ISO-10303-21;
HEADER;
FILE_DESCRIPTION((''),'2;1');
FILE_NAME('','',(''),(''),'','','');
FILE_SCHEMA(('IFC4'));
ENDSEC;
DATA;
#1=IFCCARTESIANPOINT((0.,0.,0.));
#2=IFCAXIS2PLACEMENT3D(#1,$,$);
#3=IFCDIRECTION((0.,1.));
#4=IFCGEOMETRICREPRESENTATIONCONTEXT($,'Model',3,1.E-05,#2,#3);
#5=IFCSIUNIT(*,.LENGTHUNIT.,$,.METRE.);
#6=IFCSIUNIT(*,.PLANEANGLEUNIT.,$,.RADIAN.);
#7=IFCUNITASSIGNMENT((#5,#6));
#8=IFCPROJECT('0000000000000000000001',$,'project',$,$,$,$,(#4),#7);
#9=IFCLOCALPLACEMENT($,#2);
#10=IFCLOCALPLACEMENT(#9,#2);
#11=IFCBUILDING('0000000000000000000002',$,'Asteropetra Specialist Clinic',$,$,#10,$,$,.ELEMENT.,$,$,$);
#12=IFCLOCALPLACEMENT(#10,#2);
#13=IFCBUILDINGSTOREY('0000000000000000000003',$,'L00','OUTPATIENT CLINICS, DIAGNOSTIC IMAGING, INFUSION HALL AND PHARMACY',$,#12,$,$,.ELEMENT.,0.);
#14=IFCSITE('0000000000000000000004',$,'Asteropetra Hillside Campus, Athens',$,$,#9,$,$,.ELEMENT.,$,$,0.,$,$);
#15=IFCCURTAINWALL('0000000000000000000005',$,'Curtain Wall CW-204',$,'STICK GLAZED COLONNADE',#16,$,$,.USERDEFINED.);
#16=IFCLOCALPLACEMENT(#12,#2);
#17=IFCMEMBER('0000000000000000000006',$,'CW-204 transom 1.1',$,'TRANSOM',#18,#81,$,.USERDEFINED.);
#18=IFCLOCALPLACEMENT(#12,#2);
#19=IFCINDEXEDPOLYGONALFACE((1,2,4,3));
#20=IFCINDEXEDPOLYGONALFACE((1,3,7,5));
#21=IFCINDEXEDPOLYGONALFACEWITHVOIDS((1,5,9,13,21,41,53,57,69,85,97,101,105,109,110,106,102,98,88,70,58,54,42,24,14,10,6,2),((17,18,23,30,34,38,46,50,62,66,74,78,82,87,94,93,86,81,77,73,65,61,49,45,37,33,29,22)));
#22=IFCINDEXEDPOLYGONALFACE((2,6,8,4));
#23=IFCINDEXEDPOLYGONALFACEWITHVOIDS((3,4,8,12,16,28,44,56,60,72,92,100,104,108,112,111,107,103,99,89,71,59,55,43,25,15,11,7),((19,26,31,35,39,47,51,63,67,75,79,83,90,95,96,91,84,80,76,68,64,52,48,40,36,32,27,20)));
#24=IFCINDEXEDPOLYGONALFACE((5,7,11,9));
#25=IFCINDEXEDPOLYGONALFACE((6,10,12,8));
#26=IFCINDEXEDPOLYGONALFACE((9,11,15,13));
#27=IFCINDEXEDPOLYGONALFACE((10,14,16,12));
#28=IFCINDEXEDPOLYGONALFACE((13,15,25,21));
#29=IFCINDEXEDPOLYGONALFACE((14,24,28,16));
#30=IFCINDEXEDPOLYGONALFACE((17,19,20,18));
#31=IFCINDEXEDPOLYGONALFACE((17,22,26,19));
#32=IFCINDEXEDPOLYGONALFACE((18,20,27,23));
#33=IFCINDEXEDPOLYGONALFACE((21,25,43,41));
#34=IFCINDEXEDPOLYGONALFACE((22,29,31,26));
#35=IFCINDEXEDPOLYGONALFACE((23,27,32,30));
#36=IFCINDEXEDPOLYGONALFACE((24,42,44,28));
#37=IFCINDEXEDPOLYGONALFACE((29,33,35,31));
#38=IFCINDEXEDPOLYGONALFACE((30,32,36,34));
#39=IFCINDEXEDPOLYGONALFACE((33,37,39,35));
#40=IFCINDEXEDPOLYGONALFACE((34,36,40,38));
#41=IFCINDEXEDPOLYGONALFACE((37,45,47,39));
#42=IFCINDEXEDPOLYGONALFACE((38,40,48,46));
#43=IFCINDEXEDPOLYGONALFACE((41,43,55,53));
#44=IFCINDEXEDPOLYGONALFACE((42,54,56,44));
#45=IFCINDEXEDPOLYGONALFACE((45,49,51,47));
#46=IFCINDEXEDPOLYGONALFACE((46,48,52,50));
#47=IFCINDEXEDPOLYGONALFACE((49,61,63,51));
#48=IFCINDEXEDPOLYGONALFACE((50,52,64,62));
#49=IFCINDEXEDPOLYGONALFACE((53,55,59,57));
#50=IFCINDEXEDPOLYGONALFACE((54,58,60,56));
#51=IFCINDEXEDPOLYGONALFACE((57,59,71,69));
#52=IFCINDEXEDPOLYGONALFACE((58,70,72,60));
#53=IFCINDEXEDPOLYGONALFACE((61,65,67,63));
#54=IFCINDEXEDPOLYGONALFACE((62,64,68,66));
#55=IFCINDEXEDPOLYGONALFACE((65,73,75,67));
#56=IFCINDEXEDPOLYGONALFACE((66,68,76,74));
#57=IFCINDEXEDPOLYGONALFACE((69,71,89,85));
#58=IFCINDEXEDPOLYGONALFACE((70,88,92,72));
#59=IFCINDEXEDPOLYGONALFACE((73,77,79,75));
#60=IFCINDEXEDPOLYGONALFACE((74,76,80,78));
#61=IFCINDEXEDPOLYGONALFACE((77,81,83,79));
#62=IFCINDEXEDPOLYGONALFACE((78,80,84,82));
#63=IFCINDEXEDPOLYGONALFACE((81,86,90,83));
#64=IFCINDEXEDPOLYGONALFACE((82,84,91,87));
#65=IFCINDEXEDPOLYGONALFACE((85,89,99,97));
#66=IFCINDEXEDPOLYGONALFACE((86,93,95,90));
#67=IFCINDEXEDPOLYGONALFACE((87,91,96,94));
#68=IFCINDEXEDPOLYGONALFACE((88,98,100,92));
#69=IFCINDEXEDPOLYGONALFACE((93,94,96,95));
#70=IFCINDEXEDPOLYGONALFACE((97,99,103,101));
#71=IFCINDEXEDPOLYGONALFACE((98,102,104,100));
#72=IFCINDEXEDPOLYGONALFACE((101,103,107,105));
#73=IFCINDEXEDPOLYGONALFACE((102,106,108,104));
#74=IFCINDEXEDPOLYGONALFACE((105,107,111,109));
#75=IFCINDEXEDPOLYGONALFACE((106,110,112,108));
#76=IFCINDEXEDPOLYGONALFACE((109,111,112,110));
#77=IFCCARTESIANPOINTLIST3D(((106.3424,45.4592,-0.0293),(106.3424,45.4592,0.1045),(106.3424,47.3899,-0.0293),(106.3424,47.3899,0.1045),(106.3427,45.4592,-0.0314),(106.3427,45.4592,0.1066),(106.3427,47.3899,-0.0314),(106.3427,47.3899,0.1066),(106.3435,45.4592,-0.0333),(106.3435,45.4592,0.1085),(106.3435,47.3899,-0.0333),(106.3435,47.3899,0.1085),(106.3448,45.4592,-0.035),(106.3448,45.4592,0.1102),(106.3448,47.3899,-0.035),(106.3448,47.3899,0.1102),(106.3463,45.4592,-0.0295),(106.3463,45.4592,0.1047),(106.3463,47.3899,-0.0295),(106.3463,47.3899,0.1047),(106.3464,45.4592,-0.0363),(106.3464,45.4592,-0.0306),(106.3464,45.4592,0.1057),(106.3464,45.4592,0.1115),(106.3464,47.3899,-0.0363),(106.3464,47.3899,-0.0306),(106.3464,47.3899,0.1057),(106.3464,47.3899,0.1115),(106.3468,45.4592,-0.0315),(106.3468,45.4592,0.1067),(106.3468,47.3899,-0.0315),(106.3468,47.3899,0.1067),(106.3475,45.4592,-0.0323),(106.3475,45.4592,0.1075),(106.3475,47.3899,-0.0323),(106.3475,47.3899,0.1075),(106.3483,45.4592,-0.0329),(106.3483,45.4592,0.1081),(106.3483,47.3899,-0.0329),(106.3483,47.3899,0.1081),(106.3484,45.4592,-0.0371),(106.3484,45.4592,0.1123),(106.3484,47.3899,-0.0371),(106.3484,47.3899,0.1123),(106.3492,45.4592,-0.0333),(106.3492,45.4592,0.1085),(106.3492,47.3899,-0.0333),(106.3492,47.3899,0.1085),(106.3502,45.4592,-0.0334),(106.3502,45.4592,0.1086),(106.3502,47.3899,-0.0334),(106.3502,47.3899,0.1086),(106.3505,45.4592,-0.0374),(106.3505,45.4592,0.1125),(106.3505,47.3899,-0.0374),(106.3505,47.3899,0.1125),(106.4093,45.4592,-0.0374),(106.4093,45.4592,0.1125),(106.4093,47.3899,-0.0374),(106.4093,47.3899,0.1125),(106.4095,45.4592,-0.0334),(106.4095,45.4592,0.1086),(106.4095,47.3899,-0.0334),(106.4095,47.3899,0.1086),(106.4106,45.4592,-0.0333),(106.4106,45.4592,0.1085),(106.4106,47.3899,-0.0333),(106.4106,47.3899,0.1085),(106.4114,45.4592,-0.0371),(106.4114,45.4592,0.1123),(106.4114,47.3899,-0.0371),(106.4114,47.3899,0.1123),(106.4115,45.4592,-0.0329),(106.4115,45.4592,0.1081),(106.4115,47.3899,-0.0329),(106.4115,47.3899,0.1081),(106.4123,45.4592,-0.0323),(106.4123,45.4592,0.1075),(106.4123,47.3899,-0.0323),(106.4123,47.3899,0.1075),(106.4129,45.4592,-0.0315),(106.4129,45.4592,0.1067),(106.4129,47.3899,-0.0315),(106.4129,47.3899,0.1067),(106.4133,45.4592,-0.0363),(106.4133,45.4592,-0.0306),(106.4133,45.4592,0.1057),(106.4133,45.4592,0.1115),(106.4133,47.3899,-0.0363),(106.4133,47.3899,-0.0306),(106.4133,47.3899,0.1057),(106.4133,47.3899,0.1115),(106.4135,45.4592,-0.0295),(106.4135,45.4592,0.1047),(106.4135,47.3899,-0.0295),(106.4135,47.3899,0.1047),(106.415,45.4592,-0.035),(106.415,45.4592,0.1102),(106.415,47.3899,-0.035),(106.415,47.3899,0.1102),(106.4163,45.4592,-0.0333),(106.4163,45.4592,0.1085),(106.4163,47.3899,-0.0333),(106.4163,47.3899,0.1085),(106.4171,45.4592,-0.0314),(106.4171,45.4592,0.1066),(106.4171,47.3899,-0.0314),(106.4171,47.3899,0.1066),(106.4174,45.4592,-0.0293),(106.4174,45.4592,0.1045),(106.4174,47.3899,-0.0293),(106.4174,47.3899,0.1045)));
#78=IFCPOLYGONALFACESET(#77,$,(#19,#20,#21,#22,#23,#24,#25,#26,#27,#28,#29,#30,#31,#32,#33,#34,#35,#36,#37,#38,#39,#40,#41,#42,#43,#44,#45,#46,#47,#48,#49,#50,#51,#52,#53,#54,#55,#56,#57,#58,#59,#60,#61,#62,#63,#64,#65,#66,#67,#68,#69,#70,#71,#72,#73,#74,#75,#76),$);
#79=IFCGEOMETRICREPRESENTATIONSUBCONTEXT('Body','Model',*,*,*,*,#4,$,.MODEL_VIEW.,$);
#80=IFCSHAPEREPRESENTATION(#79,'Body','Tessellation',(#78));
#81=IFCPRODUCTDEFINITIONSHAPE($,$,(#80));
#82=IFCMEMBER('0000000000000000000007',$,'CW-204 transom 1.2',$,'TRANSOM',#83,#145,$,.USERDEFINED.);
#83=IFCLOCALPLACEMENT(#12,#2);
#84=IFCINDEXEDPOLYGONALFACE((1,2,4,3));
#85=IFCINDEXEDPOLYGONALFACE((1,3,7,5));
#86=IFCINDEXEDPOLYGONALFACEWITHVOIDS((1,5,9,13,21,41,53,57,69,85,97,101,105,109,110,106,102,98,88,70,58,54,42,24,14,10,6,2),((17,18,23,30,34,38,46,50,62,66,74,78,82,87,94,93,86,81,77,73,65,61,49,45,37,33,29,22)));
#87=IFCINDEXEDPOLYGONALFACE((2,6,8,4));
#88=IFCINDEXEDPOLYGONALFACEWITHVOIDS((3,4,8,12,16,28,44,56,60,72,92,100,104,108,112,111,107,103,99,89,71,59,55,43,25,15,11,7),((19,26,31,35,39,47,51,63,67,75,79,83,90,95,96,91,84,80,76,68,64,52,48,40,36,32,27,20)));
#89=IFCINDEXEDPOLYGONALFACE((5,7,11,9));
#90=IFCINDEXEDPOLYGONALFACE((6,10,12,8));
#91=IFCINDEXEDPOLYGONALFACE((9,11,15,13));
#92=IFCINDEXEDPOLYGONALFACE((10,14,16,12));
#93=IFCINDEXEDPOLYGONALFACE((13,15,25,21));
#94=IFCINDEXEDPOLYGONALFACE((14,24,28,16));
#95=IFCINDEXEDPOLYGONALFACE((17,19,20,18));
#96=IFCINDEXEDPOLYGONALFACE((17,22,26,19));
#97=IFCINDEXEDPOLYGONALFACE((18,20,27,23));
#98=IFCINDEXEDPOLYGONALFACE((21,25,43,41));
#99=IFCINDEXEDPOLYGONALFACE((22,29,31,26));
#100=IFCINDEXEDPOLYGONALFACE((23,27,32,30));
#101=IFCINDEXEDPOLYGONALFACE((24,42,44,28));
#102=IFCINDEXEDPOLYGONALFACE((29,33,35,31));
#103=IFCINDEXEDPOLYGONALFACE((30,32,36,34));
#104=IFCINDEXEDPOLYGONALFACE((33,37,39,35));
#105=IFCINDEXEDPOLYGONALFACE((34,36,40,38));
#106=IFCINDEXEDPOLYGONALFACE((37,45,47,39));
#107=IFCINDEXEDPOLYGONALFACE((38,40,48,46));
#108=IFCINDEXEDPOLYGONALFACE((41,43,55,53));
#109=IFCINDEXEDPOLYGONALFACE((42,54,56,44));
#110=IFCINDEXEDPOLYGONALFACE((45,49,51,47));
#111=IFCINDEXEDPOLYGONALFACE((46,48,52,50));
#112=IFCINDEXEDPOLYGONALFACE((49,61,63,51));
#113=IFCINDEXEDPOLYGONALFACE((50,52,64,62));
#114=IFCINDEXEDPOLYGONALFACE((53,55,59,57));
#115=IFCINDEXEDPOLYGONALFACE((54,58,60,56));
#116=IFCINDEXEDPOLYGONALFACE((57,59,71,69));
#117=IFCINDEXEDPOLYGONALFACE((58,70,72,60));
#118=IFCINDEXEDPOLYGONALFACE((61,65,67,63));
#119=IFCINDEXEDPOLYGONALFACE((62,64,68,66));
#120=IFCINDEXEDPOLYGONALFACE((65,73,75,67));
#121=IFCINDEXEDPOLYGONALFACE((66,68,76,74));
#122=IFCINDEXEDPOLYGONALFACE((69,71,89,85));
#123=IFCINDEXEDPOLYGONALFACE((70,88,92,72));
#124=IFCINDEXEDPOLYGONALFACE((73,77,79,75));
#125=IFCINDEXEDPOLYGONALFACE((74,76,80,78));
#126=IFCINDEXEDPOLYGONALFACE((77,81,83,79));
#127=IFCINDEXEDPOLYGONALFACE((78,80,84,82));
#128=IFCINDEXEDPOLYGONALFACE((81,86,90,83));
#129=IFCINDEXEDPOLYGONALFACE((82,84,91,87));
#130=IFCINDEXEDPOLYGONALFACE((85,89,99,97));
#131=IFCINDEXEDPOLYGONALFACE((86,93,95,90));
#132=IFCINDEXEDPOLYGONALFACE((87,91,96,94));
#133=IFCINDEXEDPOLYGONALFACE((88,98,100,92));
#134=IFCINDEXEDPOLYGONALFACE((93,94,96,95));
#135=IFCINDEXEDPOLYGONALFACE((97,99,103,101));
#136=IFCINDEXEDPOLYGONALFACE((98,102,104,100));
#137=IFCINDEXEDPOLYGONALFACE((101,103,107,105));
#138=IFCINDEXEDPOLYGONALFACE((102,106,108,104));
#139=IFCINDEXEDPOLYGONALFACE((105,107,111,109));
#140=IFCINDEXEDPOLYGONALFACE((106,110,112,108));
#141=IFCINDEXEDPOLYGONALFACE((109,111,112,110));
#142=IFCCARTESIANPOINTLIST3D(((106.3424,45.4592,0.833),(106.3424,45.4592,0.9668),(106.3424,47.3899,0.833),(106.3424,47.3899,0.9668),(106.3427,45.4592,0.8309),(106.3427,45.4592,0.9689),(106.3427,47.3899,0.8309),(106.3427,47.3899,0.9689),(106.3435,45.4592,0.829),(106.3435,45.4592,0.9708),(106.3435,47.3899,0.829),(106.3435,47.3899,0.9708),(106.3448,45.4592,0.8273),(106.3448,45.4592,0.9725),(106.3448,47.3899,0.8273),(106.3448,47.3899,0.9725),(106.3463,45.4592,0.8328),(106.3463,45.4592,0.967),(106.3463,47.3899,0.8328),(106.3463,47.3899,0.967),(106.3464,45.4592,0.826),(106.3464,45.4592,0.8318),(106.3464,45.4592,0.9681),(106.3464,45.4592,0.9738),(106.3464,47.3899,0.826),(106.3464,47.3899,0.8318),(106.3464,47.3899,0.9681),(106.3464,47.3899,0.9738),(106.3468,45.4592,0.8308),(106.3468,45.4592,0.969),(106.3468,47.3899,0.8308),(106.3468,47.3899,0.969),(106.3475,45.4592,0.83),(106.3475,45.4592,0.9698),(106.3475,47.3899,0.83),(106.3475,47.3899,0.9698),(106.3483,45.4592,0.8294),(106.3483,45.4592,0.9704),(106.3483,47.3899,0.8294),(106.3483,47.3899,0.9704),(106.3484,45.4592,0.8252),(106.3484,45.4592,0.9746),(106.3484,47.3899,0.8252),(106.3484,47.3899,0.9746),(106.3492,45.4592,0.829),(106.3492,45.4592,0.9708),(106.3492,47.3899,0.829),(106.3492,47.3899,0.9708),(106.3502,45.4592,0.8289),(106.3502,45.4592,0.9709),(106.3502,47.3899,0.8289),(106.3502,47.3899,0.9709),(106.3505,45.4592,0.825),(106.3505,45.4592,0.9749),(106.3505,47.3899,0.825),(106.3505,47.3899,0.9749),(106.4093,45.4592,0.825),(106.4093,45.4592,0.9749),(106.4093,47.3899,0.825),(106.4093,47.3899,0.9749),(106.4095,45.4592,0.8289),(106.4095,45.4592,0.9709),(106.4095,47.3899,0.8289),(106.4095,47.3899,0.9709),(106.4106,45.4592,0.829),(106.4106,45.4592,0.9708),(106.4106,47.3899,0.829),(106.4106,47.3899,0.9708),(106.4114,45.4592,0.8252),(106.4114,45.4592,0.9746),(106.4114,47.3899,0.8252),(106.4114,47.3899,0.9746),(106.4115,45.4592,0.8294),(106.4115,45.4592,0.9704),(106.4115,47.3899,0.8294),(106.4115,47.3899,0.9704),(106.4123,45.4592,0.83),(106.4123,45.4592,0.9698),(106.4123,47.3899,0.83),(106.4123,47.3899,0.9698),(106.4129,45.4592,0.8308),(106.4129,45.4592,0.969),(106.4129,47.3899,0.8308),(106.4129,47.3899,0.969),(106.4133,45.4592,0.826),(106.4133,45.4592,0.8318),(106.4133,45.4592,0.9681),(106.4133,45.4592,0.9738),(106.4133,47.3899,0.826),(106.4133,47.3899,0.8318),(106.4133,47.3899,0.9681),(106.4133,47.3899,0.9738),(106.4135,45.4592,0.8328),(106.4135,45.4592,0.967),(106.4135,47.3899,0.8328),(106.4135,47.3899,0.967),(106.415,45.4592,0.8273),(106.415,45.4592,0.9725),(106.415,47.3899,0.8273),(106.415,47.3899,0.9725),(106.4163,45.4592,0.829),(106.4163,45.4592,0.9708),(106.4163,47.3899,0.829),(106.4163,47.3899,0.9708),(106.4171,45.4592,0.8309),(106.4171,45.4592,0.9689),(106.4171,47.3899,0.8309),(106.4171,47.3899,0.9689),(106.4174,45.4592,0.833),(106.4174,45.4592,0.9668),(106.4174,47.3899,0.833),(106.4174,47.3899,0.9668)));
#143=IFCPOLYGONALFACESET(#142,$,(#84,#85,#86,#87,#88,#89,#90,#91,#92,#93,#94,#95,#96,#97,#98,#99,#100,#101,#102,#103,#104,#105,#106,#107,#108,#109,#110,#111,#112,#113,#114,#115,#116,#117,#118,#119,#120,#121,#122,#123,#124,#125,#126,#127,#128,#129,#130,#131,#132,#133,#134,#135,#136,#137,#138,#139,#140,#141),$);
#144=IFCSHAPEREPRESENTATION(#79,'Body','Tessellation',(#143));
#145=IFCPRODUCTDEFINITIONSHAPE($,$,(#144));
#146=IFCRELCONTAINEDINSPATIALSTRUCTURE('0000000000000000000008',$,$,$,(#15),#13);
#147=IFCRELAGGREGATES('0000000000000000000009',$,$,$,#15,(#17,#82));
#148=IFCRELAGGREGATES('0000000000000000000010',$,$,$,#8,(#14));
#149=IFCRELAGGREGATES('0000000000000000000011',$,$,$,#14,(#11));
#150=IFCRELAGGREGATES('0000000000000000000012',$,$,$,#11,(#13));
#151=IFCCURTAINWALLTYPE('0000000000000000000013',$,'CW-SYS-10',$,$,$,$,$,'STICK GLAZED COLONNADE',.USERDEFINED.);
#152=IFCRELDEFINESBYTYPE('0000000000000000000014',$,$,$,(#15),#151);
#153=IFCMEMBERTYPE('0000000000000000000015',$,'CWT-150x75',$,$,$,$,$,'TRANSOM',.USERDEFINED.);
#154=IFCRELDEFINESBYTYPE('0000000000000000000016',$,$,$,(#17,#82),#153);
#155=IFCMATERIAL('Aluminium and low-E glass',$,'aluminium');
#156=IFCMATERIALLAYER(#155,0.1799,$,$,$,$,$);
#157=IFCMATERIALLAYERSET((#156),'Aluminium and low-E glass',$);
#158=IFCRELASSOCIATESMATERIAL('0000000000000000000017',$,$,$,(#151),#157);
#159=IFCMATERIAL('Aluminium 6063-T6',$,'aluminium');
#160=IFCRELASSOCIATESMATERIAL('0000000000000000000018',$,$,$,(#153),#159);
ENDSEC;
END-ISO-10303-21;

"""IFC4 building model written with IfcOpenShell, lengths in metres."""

from ifc_helpers import new_model, si_unit, direction, frame, origin, origin_2d, place, context, subcontext, project, spatial, hollow_rectangle, extrude, material, layer, layer_set, material_profile, profile_set, type_object, element, aggregate, save


model = new_model("IFC4")

# Units and contexts
model_context = context("Model", 3, precision=1e-05, world=origin(), true_north=direction((0.0, 1.0)))
body_context = subcontext(model_context, "Body", "Model", "MODEL_VIEW")
ifc_project = project(units=[si_unit("LENGTHUNIT", "METRE"), si_unit("PLANEANGLEUNIT", "RADIAN")], contexts=[model_context])

# Site, building, storey
site_placement = place(None, origin())
site = spatial("IfcSite", under=ifc_project, at=site_placement, Name="Asteropetra Hillside Campus, Athens", CompositionType="ELEMENT", RefElevation=0.0)
building_placement = place(site_placement, origin())
building = spatial("IfcBuilding", under=site, at=building_placement, Name="Asteropetra Specialist Clinic", CompositionType="ELEMENT")
storey_placement = place(building_placement, origin())
storey = spatial("IfcBuildingStorey", under=building, at=storey_placement, Name="L00", Description="OUTPATIENT CLINICS, DIAGNOSTIC IMAGING, INFUSION HALL AND PHARMACY", CompositionType="ELEMENT", Elevation=0.0)

# Curtain wall, members
ifc_material_1 = material(Name="Aluminium and low-E glass", Category="aluminium")
ifc_layer_1 = layer(ifc_material_1, 0.1799)
ifc_layer_set_1 = layer_set([ifc_layer_1], Name="Aluminium and low-E glass")
curtain_wall_type = type_object("IfcCurtainWallType", Name="CW-SYS-10", ElementType="STICK GLAZED COLONNADE", PredefinedType="USERDEFINED", material=ifc_layer_set_1)
curtain_wall_placement = place(storey_placement, origin())
curtain_wall = element("IfcCurtainWall", 1, at=curtain_wall_placement, inside=storey, type_object=curtain_wall_type, Name="Curtain Wall CW-204", ObjectType="STICK GLAZED COLONNADE", PredefinedType="USERDEFINED")
ifc_material_2 = material(Name="Aluminium 6063-T6", Category="aluminium")
ifc_material_profile_1 = material_profile(ifc_material_2, hollow_rectangle(XDim=0.075, YDim=0.1499, WallThickness=0.0039, InnerFilletRadius=0.0039, OuterFilletRadius=0.0081, at=origin_2d()), Name="TRN 150x75x4.0")
ifc_profile_set_1 = profile_set([ifc_material_profile_1], Name="Aluminium 6063-T6")
member_type_1 = type_object("IfcMemberType", Name="CWT-150x75", ElementType="TRANSOM", PredefinedType="USERDEFINED", material=ifc_profile_set_1)
member_1_placement = place(storey_placement, frame((106.3799, 47.3899, 0.0376), z_axis=(0.0, -1.0, 0.0), x_axis=(1.0, 0.0, 0.0)))
member_1 = element("IfcMember", 2, at=member_1_placement, type_object=member_type_1, Name="CW-204 transom 1.1", ObjectType="TRANSOM", PredefinedType="USERDEFINED", context=body_context, shape_type="SweptSolid", body=[
    extrude(hollow_rectangle(XDim=0.075, YDim=0.1499, WallThickness=0.0039, InnerFilletRadius=0.0039, OuterFilletRadius=0.0081, at=origin_2d()), origin(), (0.0, 0.0, 1.0), 1.9307),
])
member_2_placement = place(storey_placement, frame((106.3799, 47.3899, 0.8999), z_axis=(0.0, -1.0, 0.0), x_axis=(1.0, 0.0, 0.0)))
member_2 = element("IfcMember", 3, at=member_2_placement, type_object=member_type_1, Name="CW-204 transom 1.2", ObjectType="TRANSOM", PredefinedType="USERDEFINED", context=body_context, shape_type="SweptSolid", body=[
    extrude(hollow_rectangle(XDim=0.075, YDim=0.1499, WallThickness=0.0039, InnerFilletRadius=0.0039, OuterFilletRadius=0.0081, at=origin_2d()), origin(), (0.0, 0.0, 1.0), 1.9307),
])
aggregate(curtain_wall, [member_1, member_2])

save(model, "model.ifc")
